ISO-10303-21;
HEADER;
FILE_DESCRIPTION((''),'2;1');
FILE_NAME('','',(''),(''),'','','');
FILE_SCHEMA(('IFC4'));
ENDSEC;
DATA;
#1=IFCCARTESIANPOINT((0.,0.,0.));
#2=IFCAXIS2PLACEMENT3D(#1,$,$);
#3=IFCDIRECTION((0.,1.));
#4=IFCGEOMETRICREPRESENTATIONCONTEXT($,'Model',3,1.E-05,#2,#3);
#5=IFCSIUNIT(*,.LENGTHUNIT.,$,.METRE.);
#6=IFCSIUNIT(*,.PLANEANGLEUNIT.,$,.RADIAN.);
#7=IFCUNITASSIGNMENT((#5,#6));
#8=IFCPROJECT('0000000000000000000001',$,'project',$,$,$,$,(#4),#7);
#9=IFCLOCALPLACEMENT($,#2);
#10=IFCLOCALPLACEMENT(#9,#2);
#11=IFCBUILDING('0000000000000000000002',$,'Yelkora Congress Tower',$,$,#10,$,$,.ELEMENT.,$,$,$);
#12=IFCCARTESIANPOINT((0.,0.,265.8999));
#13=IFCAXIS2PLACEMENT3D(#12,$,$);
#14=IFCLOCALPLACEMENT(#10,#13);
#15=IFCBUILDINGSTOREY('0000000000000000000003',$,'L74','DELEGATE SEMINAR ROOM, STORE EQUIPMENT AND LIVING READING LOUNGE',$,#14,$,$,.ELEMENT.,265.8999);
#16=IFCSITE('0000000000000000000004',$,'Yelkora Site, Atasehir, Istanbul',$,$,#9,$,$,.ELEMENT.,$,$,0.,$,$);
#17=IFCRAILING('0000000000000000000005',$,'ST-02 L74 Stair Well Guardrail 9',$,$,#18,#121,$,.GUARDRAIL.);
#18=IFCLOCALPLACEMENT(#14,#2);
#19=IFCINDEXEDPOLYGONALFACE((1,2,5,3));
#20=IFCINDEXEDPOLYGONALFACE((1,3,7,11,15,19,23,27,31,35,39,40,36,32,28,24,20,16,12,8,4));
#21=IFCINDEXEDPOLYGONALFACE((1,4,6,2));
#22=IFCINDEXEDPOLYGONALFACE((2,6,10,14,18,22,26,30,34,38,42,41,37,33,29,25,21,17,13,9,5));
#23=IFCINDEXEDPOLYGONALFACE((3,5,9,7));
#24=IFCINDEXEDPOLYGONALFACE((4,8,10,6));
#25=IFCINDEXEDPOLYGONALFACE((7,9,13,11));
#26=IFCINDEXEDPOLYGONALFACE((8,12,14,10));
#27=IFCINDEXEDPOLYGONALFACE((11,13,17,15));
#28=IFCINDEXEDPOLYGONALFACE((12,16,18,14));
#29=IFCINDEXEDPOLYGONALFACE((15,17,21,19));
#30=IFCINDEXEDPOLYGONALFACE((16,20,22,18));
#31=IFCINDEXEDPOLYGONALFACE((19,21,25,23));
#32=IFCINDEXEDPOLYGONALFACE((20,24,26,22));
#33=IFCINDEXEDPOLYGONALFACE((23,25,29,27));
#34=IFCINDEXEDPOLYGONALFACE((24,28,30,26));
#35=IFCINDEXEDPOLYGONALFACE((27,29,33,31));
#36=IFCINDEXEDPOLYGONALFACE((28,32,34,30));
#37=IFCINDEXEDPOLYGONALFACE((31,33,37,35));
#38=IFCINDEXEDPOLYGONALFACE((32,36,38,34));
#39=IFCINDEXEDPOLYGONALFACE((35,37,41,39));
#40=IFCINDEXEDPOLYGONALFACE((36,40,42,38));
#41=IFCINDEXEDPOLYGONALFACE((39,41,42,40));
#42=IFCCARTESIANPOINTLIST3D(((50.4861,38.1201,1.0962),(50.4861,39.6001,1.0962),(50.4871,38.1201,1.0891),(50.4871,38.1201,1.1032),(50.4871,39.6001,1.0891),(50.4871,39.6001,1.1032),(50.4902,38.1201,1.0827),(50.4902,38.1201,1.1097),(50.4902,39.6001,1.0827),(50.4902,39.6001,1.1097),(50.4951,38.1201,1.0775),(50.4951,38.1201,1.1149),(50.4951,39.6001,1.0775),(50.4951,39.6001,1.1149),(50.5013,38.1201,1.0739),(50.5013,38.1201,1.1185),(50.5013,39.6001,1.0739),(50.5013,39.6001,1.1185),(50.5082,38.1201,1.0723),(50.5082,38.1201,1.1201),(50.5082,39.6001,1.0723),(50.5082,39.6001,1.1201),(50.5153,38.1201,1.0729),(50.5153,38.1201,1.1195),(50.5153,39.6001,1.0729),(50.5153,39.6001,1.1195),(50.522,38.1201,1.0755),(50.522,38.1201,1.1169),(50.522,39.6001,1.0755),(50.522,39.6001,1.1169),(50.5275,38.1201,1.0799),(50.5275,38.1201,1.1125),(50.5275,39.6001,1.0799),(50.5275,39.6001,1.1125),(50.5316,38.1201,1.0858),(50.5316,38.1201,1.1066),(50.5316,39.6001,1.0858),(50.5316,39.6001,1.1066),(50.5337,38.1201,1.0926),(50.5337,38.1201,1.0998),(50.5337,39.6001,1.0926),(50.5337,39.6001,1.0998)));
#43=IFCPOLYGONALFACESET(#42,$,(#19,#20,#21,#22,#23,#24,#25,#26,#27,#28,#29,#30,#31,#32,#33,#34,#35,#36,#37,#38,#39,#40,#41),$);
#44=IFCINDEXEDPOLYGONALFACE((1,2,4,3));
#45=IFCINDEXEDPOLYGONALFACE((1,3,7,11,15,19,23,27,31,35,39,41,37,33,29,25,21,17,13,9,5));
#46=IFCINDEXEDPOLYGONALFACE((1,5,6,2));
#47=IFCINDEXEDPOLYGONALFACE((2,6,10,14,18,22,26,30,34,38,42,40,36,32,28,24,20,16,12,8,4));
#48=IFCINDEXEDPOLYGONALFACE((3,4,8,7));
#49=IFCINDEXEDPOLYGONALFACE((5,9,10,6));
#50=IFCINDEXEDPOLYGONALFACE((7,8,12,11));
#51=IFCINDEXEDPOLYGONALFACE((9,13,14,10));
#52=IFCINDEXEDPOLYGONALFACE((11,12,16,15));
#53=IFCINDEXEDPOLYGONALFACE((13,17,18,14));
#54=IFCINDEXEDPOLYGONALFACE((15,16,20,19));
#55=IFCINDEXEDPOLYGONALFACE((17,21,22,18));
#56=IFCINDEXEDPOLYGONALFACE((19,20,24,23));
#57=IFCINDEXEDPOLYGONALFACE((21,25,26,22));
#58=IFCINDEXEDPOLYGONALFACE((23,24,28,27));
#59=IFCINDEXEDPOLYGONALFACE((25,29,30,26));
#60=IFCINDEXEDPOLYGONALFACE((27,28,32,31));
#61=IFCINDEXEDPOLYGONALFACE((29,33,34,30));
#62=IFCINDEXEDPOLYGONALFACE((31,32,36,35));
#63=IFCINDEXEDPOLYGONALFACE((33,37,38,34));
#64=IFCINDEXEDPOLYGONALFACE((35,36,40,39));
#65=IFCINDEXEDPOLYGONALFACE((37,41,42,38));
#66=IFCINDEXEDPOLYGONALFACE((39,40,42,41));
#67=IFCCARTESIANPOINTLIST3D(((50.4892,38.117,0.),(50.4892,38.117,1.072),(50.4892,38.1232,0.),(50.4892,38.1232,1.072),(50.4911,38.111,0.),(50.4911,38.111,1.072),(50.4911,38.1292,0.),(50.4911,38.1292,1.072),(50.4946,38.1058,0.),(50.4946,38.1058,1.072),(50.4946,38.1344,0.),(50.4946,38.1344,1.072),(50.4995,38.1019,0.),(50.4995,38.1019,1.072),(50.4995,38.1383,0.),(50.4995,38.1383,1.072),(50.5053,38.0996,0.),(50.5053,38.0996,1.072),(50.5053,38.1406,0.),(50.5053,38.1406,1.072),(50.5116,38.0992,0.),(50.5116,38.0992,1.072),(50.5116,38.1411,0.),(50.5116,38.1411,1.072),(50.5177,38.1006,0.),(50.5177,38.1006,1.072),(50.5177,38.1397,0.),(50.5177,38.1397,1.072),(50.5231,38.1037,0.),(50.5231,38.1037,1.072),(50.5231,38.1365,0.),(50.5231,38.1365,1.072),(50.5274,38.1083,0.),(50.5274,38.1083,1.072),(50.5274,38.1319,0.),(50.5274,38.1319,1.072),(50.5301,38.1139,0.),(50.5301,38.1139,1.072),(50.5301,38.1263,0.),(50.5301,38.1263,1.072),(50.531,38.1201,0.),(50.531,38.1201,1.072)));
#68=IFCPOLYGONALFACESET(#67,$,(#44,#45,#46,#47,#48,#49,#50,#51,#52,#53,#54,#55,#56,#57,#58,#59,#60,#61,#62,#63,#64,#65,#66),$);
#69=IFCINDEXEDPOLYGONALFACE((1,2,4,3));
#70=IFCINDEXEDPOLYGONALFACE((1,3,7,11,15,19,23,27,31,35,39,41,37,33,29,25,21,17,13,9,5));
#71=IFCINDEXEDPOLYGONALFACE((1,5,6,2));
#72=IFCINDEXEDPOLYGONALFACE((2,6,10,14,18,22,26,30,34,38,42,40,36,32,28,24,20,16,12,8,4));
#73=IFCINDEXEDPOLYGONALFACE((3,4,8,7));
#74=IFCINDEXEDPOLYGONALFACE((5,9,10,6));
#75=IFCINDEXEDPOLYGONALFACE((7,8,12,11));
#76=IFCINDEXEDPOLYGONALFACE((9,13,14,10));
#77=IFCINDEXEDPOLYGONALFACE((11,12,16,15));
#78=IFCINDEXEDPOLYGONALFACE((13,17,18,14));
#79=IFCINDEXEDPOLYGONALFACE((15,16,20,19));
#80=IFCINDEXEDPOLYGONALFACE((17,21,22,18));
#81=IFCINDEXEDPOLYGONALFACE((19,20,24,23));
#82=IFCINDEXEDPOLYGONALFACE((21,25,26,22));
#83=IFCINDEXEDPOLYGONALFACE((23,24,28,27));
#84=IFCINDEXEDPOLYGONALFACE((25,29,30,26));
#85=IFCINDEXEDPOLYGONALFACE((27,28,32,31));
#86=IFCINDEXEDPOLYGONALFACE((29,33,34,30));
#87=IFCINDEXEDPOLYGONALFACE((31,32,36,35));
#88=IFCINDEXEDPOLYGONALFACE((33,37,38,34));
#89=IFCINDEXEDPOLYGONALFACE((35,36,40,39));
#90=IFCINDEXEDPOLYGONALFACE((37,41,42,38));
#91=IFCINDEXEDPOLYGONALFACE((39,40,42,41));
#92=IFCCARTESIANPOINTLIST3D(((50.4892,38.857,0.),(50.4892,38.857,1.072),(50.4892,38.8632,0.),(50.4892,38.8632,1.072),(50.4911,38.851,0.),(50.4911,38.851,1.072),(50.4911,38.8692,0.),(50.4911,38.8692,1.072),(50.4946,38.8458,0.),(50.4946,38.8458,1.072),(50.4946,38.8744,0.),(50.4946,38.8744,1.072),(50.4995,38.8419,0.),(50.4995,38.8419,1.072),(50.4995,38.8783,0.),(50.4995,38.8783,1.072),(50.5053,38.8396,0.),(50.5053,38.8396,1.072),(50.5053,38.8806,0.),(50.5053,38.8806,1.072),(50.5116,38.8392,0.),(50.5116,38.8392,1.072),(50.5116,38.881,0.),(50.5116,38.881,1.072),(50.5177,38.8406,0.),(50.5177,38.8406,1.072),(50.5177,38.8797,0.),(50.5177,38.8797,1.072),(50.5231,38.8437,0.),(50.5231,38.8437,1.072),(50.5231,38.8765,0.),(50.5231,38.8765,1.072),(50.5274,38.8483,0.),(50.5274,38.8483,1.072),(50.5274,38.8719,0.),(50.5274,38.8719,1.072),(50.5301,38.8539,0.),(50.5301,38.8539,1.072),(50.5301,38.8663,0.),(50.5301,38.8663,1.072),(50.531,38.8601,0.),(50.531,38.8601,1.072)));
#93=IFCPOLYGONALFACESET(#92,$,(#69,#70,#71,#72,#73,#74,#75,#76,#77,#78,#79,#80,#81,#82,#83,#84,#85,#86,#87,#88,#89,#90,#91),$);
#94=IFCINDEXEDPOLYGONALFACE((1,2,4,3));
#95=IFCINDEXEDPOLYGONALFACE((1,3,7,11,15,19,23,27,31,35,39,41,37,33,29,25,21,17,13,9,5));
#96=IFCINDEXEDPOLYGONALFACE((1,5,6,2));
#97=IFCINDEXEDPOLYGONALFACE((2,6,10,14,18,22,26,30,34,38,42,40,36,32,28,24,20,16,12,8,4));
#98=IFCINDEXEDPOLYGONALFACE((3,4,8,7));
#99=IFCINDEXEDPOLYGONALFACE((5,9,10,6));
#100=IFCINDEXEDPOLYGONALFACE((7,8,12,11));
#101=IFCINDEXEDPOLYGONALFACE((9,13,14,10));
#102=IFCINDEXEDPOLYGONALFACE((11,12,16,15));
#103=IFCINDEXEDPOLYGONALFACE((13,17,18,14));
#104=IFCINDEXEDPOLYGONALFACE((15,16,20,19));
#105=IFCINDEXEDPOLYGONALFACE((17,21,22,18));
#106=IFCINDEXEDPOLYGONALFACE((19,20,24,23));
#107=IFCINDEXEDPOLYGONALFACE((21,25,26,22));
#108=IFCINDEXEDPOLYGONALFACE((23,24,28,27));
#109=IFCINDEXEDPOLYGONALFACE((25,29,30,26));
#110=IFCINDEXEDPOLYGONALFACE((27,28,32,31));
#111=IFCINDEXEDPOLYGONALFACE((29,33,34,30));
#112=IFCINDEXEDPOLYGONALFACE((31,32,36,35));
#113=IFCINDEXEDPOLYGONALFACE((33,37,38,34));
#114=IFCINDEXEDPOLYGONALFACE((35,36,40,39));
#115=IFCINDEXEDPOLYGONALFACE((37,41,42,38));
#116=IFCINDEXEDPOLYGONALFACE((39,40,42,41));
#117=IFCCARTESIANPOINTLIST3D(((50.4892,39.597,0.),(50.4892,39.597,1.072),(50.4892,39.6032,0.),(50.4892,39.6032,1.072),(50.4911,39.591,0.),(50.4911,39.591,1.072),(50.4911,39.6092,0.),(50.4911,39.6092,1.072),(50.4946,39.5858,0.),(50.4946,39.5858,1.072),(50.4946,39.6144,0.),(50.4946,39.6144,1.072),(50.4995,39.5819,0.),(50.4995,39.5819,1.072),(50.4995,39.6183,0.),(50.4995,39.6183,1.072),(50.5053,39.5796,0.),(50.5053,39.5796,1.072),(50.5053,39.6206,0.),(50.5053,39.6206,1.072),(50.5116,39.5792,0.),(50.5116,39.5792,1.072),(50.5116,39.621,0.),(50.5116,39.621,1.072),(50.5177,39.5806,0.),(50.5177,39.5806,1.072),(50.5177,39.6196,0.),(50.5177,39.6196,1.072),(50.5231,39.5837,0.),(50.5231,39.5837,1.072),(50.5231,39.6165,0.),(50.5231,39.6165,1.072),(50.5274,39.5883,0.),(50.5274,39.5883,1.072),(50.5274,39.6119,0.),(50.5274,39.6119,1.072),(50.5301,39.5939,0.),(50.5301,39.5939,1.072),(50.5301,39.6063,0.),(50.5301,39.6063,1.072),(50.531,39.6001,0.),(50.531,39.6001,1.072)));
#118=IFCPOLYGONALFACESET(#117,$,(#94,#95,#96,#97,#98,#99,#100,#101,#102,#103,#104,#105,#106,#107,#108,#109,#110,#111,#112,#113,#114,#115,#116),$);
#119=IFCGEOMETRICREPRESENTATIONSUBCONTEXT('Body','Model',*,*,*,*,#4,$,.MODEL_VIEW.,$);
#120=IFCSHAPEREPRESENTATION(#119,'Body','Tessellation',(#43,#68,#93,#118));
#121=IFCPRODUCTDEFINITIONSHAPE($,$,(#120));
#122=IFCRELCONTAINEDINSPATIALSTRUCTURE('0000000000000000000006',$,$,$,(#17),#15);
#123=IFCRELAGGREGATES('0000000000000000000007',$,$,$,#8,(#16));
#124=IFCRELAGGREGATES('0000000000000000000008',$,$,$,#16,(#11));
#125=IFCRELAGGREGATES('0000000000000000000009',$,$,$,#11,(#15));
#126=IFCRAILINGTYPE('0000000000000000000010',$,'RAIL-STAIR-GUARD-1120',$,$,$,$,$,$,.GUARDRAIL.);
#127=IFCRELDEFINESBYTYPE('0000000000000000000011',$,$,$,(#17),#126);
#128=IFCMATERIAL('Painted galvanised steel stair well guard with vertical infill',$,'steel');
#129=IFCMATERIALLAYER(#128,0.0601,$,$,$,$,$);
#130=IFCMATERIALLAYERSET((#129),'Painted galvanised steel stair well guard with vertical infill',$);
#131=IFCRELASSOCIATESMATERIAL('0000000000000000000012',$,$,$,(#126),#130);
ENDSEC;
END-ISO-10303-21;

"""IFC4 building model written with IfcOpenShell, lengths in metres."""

from ifc_helpers import new_model, si_unit, direction, frame, origin, origin_2d, place, context, subcontext, project, spatial, circle, extrude, material, layer, layer_set, type_object, element, save


model = new_model("IFC4")

# Units and contexts
model_context = context("Model", 3, precision=1e-05, world=origin(), true_north=direction((0.0, 1.0)))
body_context = subcontext(model_context, "Body", "Model", "MODEL_VIEW")
ifc_project = project(units=[si_unit("LENGTHUNIT", "METRE"), si_unit("PLANEANGLEUNIT", "RADIAN")], contexts=[model_context])

# Site, building, storey
site_placement = place(None, origin())
site = spatial("IfcSite", under=ifc_project, at=site_placement, Name="Yelkora Site, Atasehir, Istanbul", CompositionType="ELEMENT", RefElevation=0.0)
building_placement = place(site_placement, origin())
building = spatial("IfcBuilding", under=site, at=building_placement, Name="Yelkora Congress Tower", CompositionType="ELEMENT")
storey_placement = place(building_placement, frame((0.0, 0.0, 265.8999)))
storey = spatial("IfcBuildingStorey", under=building, at=storey_placement, Name="L74", Description="DELEGATE SEMINAR ROOM, STORE EQUIPMENT AND LIVING READING LOUNGE", CompositionType="ELEMENT", Elevation=265.8999)

# Railing
ifc_material_1 = material(Name="Painted galvanised steel stair well guard with vertical infill", Category="steel")
ifc_layer_1 = layer(ifc_material_1, 0.0601)
ifc_layer_set_1 = layer_set([ifc_layer_1], Name="Painted galvanised steel stair well guard with vertical infill")
railing_type_1 = type_object("IfcRailingType", Name="RAIL-STAIR-GUARD-1120", PredefinedType="GUARDRAIL", material=ifc_layer_set_1)
for number, where, name in (
    (1, (50.51, 38.1201, 0.0), "ST-02 L74 Stair Well Guardrail 9"),
):
    element("IfcRailing", number, at=place(storey_placement, frame(where)), inside=storey, type_object=railing_type_1, Name=name, PredefinedType="GUARDRAIL", context=body_context, shape_type="SweptSolid", body=[
        extrude(circle(Radius=0.0239, at=origin_2d()), frame((0.0, 0.0, 1.0962), z_axis=(0.0, 1.0, 0.0), x_axis=(-1.0, 0.0, 0.0)), (0.0, 0.0, 1.0), 1.48),
        extrude(circle(Radius=0.021, at=origin_2d()), origin(), (0.0, 0.0, 1.0), 1.072),
        extrude(circle(Radius=0.021, at=origin_2d()), frame((0.0, 0.74, 0.0)), (0.0, 0.0, 1.0), 1.072),
        extrude(circle(Radius=0.021, at=origin_2d()), frame((0.0, 1.48, 0.0)), (0.0, 0.0, 1.0), 1.072),
    ])

save(model, "model.ifc")
